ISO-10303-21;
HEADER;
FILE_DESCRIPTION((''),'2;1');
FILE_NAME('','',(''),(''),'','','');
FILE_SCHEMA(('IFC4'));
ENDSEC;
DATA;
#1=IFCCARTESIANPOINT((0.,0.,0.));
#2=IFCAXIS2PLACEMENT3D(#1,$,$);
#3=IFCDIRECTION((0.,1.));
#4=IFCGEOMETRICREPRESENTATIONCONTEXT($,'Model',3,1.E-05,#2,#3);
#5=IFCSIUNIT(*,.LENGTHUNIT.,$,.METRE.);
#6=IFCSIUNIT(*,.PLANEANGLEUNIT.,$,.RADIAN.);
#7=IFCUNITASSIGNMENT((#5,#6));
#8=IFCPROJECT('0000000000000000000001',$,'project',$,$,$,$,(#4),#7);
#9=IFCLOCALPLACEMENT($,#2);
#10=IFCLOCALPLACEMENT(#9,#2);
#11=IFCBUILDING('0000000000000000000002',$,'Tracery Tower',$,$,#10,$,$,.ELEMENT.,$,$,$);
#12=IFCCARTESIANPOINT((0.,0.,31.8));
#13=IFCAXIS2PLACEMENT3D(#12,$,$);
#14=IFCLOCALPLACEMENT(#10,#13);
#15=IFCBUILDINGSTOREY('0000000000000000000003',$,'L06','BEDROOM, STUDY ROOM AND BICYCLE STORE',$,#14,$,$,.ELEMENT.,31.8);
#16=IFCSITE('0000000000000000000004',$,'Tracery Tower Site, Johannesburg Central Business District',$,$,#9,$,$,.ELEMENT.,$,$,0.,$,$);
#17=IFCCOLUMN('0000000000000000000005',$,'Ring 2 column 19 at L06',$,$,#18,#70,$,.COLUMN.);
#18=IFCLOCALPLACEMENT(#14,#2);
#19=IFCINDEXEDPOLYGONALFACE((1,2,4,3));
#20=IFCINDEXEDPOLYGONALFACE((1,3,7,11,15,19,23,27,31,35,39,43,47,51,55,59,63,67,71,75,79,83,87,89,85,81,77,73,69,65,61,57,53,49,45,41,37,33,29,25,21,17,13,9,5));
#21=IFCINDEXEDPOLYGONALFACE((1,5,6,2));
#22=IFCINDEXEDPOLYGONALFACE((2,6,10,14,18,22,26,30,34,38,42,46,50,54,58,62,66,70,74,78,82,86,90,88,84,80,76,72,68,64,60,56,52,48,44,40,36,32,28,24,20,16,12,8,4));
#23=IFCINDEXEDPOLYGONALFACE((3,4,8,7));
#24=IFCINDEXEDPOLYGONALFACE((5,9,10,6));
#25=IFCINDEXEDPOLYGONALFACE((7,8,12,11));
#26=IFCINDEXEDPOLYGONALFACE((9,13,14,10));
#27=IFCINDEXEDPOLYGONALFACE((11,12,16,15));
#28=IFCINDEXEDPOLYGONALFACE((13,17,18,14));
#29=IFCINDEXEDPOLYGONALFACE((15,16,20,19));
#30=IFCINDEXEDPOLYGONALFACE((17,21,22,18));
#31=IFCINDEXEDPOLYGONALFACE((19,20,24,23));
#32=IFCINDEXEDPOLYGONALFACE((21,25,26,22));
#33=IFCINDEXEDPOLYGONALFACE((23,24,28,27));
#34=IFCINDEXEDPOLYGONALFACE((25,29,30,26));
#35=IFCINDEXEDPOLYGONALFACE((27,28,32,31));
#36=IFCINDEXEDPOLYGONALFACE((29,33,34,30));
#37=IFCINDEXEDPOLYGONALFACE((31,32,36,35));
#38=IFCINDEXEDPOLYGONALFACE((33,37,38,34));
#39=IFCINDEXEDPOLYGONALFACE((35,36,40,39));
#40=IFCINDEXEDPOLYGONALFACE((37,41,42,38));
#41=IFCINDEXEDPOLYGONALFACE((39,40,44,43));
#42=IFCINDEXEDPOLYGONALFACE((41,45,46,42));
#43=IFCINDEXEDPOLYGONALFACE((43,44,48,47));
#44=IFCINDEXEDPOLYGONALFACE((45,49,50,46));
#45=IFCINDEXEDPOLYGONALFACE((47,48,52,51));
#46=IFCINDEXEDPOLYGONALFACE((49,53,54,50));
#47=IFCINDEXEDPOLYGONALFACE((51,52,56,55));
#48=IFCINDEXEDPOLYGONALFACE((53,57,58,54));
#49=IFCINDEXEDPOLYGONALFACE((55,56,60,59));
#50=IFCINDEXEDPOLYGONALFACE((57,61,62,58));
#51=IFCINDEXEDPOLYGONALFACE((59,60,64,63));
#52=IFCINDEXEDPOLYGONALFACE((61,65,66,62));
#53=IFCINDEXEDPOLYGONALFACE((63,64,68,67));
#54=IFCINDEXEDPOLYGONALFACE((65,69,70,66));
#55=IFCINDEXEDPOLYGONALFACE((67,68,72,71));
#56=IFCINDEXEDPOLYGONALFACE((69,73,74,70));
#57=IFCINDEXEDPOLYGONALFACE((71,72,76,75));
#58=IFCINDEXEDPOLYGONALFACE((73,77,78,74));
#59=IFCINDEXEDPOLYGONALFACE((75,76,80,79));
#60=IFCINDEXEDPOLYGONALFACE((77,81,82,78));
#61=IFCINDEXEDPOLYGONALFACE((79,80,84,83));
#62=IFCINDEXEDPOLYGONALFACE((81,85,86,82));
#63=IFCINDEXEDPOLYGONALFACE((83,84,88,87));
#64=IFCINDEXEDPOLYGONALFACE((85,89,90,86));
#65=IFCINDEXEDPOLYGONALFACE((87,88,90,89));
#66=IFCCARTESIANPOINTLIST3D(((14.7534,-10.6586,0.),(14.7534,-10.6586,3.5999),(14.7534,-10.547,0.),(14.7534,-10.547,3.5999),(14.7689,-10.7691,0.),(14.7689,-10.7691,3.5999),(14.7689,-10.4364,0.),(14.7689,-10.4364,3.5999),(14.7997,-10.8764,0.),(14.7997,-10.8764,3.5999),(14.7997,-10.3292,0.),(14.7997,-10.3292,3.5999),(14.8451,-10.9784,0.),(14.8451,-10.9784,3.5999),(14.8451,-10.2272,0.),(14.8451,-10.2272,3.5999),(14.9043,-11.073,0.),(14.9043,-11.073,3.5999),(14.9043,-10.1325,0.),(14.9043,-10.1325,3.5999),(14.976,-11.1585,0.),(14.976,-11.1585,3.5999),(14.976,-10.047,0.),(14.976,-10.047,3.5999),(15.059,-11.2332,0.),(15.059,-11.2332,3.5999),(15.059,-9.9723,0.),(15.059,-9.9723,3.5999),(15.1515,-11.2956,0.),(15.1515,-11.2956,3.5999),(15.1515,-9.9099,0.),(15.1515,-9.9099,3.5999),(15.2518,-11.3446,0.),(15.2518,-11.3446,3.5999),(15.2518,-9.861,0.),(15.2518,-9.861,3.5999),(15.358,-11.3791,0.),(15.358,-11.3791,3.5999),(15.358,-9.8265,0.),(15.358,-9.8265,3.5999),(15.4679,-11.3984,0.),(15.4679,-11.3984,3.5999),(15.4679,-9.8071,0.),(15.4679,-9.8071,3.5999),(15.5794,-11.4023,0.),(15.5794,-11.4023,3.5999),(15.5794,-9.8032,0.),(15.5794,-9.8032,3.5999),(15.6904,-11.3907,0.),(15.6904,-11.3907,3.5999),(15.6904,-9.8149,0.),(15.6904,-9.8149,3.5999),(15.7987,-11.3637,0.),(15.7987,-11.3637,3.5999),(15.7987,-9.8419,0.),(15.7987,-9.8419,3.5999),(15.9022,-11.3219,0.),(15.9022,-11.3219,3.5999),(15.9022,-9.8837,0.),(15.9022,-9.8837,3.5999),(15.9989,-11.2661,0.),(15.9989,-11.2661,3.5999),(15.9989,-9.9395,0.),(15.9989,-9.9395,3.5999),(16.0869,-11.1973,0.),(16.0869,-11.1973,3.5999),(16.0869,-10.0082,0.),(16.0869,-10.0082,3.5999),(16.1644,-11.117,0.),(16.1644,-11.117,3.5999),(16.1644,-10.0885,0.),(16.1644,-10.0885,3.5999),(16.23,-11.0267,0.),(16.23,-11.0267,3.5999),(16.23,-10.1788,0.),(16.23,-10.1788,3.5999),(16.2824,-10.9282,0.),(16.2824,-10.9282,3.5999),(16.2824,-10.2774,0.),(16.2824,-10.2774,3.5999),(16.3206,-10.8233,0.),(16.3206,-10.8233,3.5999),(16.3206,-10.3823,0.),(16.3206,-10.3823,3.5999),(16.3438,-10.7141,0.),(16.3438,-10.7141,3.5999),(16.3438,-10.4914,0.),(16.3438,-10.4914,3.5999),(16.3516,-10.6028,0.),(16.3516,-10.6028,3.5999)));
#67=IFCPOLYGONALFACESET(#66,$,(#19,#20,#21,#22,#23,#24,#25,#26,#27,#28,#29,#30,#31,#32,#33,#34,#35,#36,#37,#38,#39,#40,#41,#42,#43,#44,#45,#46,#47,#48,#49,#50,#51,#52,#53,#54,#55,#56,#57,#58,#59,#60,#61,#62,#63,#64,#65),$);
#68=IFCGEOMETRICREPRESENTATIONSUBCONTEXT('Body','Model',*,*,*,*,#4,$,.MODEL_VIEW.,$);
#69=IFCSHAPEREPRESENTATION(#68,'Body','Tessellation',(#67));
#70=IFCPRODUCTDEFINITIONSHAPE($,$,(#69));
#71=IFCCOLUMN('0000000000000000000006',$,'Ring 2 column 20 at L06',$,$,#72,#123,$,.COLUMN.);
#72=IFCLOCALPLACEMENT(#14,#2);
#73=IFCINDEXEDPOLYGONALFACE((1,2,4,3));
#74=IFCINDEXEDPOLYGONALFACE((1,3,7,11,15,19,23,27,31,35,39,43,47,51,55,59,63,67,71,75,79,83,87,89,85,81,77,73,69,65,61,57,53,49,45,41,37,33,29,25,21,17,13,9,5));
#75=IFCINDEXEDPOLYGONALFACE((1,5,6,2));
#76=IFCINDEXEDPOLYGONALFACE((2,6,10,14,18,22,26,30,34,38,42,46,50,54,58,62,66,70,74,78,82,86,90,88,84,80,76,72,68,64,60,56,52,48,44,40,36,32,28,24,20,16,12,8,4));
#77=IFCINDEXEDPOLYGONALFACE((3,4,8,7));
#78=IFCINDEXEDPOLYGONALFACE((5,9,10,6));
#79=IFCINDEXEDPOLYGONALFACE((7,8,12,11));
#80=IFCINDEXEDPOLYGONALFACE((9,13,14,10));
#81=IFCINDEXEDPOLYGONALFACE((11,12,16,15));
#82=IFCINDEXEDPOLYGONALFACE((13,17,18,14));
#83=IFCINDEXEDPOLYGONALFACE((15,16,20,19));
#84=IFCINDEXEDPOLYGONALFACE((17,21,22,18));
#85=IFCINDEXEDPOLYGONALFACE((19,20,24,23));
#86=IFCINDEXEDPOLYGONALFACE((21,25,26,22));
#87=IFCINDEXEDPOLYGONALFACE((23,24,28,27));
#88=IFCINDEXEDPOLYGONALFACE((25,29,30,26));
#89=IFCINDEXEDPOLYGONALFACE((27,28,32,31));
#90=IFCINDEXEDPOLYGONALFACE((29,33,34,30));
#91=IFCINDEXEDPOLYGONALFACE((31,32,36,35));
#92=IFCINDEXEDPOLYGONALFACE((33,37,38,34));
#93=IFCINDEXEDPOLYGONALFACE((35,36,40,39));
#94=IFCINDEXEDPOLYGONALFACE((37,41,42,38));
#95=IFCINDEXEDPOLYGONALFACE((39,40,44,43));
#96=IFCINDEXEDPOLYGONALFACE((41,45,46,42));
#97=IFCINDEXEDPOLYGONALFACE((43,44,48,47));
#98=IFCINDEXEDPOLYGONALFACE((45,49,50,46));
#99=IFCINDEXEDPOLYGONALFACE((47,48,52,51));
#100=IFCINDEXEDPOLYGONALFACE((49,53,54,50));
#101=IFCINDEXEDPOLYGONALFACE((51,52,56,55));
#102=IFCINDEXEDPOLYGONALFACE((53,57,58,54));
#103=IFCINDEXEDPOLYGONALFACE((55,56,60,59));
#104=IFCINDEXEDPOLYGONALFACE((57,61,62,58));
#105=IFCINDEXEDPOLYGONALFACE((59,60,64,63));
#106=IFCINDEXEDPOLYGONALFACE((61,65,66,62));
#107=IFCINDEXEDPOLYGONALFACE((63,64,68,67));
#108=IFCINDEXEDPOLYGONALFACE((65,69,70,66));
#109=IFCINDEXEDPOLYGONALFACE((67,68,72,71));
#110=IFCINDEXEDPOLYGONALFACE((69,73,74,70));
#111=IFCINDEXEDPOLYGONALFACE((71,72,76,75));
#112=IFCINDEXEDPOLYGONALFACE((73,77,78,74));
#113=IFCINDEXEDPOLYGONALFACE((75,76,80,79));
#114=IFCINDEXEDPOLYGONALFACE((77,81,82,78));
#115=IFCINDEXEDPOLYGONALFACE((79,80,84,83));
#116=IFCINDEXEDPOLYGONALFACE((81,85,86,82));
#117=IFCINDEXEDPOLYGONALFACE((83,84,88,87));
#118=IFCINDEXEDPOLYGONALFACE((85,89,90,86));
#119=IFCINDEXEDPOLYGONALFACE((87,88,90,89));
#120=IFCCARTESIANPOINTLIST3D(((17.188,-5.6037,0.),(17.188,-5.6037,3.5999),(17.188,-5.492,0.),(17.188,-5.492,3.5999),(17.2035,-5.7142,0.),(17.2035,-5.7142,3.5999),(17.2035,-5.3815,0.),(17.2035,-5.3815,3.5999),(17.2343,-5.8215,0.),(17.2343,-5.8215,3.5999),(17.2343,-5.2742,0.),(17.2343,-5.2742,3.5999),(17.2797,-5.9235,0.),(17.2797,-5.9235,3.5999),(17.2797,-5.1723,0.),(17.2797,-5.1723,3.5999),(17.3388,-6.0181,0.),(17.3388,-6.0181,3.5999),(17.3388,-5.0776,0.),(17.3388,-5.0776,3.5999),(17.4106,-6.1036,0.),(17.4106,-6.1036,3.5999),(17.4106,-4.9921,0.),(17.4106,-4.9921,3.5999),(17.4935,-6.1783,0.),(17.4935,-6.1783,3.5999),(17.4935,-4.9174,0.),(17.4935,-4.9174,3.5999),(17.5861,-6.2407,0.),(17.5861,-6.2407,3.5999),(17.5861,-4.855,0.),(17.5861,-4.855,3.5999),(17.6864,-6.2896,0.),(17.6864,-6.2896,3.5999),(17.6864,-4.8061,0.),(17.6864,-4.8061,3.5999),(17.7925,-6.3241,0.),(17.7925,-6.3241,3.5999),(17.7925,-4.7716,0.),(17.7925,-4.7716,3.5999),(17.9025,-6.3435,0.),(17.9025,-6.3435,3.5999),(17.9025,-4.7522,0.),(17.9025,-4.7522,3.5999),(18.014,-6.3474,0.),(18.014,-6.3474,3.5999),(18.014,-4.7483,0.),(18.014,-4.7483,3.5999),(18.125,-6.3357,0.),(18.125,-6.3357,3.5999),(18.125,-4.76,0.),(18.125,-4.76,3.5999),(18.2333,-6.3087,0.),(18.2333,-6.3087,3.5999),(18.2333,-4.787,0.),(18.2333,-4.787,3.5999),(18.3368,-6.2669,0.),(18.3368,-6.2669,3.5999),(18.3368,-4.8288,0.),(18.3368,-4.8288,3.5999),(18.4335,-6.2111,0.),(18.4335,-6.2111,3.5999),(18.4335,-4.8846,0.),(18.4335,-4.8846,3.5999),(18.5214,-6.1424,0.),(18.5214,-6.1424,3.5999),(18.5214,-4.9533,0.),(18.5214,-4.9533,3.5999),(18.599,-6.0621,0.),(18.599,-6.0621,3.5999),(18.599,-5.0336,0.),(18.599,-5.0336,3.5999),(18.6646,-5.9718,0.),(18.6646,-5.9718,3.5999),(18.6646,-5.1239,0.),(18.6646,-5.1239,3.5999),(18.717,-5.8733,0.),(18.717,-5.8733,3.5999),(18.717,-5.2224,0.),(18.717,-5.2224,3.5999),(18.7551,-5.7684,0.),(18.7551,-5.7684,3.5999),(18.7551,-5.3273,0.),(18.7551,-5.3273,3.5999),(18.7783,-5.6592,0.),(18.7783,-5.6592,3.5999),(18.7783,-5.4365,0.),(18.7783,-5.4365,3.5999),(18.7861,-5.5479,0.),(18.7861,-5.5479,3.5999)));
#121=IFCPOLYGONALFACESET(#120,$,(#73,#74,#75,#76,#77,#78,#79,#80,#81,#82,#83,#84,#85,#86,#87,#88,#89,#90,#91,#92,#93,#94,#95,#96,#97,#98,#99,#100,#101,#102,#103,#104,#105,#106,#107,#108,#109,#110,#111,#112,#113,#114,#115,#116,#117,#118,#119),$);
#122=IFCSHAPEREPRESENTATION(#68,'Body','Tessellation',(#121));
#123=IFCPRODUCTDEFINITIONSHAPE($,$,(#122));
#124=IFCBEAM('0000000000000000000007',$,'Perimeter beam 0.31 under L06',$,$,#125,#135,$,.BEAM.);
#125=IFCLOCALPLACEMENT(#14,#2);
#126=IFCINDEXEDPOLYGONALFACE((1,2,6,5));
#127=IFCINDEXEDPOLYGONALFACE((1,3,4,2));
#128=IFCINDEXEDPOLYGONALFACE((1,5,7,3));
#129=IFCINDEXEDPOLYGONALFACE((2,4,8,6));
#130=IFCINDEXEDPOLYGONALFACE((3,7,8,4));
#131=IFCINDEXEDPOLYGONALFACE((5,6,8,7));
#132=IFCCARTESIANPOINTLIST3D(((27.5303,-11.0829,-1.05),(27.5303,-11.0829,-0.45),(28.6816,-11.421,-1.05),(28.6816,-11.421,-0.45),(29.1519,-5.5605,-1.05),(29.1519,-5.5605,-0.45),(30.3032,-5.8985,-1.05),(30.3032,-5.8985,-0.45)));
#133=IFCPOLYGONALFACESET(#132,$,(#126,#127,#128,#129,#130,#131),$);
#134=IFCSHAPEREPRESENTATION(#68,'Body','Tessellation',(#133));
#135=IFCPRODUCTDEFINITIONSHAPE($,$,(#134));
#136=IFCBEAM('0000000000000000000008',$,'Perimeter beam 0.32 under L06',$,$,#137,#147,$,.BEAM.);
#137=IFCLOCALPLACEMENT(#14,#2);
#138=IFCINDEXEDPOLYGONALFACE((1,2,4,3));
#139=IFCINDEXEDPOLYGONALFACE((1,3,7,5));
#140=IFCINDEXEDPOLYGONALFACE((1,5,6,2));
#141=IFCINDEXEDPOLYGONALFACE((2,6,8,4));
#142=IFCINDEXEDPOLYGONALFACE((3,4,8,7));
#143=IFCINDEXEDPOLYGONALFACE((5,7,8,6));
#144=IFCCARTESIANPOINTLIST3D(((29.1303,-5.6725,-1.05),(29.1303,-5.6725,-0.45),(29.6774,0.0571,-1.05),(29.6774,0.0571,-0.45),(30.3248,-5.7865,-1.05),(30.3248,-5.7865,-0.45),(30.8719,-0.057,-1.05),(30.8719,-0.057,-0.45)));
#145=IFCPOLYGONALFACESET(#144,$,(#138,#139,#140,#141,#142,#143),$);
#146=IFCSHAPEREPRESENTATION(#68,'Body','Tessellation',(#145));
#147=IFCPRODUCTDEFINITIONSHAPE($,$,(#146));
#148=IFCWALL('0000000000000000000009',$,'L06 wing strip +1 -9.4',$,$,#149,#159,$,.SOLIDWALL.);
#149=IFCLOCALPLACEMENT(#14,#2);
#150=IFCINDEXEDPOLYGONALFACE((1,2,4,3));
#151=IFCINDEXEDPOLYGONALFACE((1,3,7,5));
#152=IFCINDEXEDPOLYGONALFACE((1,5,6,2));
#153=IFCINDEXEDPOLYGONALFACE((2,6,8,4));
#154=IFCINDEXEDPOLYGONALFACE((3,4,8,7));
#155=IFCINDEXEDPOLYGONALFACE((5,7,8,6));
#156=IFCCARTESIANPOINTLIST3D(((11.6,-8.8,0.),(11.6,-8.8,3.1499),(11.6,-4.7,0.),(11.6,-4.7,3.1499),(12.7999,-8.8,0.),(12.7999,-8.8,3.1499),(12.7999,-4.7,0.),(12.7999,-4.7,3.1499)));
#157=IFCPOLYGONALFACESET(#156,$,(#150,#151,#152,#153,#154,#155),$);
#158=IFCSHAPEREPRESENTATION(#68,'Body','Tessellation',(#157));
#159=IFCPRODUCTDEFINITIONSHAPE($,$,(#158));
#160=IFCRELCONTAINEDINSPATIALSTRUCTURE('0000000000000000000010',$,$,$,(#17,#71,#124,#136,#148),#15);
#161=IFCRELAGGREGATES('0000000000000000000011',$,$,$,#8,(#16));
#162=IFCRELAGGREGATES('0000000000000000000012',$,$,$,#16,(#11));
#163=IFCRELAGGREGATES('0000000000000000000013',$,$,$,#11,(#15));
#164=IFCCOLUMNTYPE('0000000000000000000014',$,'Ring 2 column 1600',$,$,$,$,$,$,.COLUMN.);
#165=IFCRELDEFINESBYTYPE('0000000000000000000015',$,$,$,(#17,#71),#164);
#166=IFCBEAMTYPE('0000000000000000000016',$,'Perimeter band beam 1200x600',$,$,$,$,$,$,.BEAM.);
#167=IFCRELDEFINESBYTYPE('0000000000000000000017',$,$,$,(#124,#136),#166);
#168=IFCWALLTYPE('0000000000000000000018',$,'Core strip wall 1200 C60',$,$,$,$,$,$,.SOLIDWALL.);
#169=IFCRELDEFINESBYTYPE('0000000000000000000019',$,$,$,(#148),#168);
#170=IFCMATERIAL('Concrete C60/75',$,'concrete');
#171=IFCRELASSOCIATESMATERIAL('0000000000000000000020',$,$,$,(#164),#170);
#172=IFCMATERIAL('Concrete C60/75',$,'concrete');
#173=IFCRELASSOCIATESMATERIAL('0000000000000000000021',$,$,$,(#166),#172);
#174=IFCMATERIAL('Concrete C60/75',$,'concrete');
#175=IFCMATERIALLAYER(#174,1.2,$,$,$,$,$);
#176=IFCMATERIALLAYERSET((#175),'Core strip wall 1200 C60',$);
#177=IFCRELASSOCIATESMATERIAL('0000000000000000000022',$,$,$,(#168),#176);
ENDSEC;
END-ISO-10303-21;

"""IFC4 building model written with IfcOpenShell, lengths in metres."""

from ifc_helpers import new_model, si_unit, direction, frame, frame_2d, origin, origin_2d, place, context, subcontext, project, spatial, rectangle, circle, extrude, material, layer, layer_set, material_profile, profile_set, type_object, element, save


model = new_model("IFC4")

# Units and contexts
model_context = context("Model", 3, precision=1e-05, world=origin(), true_north=direction((0.0, 1.0)))
body_context = subcontext(model_context, "Body", "Model", "MODEL_VIEW")
ifc_project = project(units=[si_unit("LENGTHUNIT", "METRE"), si_unit("PLANEANGLEUNIT", "RADIAN")], contexts=[model_context])

# Site, building, storey
site_placement = place(None, origin())
site = spatial("IfcSite", under=ifc_project, at=site_placement, Name="Tracery Tower Site, Johannesburg Central Business District", CompositionType="ELEMENT", RefElevation=0.0)
building_placement = place(site_placement, origin())
building = spatial("IfcBuilding", under=site, at=building_placement, Name="Tracery Tower", CompositionType="ELEMENT")
storey_placement = place(building_placement, frame((0.0, 0.0, 31.8)))
storey = spatial("IfcBuildingStorey", under=building, at=storey_placement, Name="L06", Description="BEDROOM, STUDY ROOM AND BICYCLE STORE", CompositionType="ELEMENT", Elevation=31.8)

# Columns
ifc_material_1 = material(Name="Concrete C60/75", Category="concrete")
ifc_material_profile_1 = material_profile(ifc_material_1, circle(Radius=0.8, at=origin_2d()), Name="RC D1600")
ifc_profile_set_1 = profile_set([ifc_material_profile_1], Name="Concrete C60/75")
column_type_1 = type_object("IfcColumnType", Name="Ring 2 column 1600", PredefinedType="COLUMN", material=ifc_profile_set_1)
for number, where, z_axis, x_axis, name in (
    (1, (15.5515, -10.6028, 0.0), (0.0, 0.0, 1.0), (1.0, 0.0, 0.0), "Ring 2 column 19 at L06"),
    (2, (17.9861, -5.5479, 0.0), (0.0, 0.0, 1.0), (1.0, 0.0, 0.0), "Ring 2 column 20 at L06"),
):
    element("IfcColumn", number, at=place(storey_placement, frame(where, z_axis=z_axis, x_axis=x_axis)), inside=storey, type_object=column_type_1, Name=name, PredefinedType="COLUMN", context=body_context, shape_type="SweptSolid", body=[
        extrude(circle(Radius=0.8, at=origin_2d()), origin(), (0.0, 0.0, 1.0), 3.5999),
    ])

# Beams
ifc_material_2 = material(Name="Concrete C60/75", Category="concrete")
ifc_material_profile_2 = material_profile(ifc_material_2, rectangle(XDim=1.2, YDim=0.6001, at=origin_2d()), Name="RC 1200x600")
ifc_profile_set_2 = profile_set([ifc_material_profile_2], Name="Concrete C60/75")
beam_type = type_object("IfcBeamType", Name="Perimeter band beam 1200x600", PredefinedType="BEAM", material=ifc_profile_set_2)
for number, where, z_axis, x_axis, name in (
    (3, (28.106, -11.252, -0.75), (0.281739, 0.959491, 0.0), (-0.959491, 0.281739, 0.0), "Perimeter beam 0.31 under L06"),
    (4, (29.7275, -5.7295, -0.75), (0.095059, 0.995472, 0.0), (-0.995472, 0.095059, 0.0), "Perimeter beam 0.32 under L06"),
):
    element("IfcBeam", number, at=place(storey_placement, frame(where, z_axis=z_axis, x_axis=x_axis)), inside=storey, type_object=beam_type, Name=name, PredefinedType="BEAM", context=body_context, shape_type="SweptSolid", body=[
        extrude(rectangle(XDim=1.2, YDim=0.6001, at=origin_2d()), origin(), (0.0, 0.0, 1.0), 5.7556),
    ])

# Wall
ifc_material_3 = material(Name="Concrete C60/75", Category="concrete")
ifc_layer_1 = layer(ifc_material_3, 1.2)
ifc_layer_set_1 = layer_set([ifc_layer_1], Name="Core strip wall 1200 C60")
wall_type_1 = type_object("IfcWallType", Name="Core strip wall 1200 C60", PredefinedType="SOLIDWALL", material=ifc_layer_set_1)
wall_1_placement = place(storey_placement, frame((12.2, -8.8, 0.0), z_axis=(0.0, 0.0, 1.0), x_axis=(0.0, 1.0, 0.0)))
element("IfcWall", 5, at=wall_1_placement, inside=storey, type_object=wall_type_1, Name="L06 wing strip +1 -9.4", PredefinedType="SOLIDWALL", context=body_context, shape_type="SweptSolid", body=[
    extrude(rectangle(XDim=4.1001, YDim=1.2, at=frame_2d((2.05, 0.0))), origin(), (0.0, 0.0, 1.0), 3.1499),
])

save(model, "model.ifc")
